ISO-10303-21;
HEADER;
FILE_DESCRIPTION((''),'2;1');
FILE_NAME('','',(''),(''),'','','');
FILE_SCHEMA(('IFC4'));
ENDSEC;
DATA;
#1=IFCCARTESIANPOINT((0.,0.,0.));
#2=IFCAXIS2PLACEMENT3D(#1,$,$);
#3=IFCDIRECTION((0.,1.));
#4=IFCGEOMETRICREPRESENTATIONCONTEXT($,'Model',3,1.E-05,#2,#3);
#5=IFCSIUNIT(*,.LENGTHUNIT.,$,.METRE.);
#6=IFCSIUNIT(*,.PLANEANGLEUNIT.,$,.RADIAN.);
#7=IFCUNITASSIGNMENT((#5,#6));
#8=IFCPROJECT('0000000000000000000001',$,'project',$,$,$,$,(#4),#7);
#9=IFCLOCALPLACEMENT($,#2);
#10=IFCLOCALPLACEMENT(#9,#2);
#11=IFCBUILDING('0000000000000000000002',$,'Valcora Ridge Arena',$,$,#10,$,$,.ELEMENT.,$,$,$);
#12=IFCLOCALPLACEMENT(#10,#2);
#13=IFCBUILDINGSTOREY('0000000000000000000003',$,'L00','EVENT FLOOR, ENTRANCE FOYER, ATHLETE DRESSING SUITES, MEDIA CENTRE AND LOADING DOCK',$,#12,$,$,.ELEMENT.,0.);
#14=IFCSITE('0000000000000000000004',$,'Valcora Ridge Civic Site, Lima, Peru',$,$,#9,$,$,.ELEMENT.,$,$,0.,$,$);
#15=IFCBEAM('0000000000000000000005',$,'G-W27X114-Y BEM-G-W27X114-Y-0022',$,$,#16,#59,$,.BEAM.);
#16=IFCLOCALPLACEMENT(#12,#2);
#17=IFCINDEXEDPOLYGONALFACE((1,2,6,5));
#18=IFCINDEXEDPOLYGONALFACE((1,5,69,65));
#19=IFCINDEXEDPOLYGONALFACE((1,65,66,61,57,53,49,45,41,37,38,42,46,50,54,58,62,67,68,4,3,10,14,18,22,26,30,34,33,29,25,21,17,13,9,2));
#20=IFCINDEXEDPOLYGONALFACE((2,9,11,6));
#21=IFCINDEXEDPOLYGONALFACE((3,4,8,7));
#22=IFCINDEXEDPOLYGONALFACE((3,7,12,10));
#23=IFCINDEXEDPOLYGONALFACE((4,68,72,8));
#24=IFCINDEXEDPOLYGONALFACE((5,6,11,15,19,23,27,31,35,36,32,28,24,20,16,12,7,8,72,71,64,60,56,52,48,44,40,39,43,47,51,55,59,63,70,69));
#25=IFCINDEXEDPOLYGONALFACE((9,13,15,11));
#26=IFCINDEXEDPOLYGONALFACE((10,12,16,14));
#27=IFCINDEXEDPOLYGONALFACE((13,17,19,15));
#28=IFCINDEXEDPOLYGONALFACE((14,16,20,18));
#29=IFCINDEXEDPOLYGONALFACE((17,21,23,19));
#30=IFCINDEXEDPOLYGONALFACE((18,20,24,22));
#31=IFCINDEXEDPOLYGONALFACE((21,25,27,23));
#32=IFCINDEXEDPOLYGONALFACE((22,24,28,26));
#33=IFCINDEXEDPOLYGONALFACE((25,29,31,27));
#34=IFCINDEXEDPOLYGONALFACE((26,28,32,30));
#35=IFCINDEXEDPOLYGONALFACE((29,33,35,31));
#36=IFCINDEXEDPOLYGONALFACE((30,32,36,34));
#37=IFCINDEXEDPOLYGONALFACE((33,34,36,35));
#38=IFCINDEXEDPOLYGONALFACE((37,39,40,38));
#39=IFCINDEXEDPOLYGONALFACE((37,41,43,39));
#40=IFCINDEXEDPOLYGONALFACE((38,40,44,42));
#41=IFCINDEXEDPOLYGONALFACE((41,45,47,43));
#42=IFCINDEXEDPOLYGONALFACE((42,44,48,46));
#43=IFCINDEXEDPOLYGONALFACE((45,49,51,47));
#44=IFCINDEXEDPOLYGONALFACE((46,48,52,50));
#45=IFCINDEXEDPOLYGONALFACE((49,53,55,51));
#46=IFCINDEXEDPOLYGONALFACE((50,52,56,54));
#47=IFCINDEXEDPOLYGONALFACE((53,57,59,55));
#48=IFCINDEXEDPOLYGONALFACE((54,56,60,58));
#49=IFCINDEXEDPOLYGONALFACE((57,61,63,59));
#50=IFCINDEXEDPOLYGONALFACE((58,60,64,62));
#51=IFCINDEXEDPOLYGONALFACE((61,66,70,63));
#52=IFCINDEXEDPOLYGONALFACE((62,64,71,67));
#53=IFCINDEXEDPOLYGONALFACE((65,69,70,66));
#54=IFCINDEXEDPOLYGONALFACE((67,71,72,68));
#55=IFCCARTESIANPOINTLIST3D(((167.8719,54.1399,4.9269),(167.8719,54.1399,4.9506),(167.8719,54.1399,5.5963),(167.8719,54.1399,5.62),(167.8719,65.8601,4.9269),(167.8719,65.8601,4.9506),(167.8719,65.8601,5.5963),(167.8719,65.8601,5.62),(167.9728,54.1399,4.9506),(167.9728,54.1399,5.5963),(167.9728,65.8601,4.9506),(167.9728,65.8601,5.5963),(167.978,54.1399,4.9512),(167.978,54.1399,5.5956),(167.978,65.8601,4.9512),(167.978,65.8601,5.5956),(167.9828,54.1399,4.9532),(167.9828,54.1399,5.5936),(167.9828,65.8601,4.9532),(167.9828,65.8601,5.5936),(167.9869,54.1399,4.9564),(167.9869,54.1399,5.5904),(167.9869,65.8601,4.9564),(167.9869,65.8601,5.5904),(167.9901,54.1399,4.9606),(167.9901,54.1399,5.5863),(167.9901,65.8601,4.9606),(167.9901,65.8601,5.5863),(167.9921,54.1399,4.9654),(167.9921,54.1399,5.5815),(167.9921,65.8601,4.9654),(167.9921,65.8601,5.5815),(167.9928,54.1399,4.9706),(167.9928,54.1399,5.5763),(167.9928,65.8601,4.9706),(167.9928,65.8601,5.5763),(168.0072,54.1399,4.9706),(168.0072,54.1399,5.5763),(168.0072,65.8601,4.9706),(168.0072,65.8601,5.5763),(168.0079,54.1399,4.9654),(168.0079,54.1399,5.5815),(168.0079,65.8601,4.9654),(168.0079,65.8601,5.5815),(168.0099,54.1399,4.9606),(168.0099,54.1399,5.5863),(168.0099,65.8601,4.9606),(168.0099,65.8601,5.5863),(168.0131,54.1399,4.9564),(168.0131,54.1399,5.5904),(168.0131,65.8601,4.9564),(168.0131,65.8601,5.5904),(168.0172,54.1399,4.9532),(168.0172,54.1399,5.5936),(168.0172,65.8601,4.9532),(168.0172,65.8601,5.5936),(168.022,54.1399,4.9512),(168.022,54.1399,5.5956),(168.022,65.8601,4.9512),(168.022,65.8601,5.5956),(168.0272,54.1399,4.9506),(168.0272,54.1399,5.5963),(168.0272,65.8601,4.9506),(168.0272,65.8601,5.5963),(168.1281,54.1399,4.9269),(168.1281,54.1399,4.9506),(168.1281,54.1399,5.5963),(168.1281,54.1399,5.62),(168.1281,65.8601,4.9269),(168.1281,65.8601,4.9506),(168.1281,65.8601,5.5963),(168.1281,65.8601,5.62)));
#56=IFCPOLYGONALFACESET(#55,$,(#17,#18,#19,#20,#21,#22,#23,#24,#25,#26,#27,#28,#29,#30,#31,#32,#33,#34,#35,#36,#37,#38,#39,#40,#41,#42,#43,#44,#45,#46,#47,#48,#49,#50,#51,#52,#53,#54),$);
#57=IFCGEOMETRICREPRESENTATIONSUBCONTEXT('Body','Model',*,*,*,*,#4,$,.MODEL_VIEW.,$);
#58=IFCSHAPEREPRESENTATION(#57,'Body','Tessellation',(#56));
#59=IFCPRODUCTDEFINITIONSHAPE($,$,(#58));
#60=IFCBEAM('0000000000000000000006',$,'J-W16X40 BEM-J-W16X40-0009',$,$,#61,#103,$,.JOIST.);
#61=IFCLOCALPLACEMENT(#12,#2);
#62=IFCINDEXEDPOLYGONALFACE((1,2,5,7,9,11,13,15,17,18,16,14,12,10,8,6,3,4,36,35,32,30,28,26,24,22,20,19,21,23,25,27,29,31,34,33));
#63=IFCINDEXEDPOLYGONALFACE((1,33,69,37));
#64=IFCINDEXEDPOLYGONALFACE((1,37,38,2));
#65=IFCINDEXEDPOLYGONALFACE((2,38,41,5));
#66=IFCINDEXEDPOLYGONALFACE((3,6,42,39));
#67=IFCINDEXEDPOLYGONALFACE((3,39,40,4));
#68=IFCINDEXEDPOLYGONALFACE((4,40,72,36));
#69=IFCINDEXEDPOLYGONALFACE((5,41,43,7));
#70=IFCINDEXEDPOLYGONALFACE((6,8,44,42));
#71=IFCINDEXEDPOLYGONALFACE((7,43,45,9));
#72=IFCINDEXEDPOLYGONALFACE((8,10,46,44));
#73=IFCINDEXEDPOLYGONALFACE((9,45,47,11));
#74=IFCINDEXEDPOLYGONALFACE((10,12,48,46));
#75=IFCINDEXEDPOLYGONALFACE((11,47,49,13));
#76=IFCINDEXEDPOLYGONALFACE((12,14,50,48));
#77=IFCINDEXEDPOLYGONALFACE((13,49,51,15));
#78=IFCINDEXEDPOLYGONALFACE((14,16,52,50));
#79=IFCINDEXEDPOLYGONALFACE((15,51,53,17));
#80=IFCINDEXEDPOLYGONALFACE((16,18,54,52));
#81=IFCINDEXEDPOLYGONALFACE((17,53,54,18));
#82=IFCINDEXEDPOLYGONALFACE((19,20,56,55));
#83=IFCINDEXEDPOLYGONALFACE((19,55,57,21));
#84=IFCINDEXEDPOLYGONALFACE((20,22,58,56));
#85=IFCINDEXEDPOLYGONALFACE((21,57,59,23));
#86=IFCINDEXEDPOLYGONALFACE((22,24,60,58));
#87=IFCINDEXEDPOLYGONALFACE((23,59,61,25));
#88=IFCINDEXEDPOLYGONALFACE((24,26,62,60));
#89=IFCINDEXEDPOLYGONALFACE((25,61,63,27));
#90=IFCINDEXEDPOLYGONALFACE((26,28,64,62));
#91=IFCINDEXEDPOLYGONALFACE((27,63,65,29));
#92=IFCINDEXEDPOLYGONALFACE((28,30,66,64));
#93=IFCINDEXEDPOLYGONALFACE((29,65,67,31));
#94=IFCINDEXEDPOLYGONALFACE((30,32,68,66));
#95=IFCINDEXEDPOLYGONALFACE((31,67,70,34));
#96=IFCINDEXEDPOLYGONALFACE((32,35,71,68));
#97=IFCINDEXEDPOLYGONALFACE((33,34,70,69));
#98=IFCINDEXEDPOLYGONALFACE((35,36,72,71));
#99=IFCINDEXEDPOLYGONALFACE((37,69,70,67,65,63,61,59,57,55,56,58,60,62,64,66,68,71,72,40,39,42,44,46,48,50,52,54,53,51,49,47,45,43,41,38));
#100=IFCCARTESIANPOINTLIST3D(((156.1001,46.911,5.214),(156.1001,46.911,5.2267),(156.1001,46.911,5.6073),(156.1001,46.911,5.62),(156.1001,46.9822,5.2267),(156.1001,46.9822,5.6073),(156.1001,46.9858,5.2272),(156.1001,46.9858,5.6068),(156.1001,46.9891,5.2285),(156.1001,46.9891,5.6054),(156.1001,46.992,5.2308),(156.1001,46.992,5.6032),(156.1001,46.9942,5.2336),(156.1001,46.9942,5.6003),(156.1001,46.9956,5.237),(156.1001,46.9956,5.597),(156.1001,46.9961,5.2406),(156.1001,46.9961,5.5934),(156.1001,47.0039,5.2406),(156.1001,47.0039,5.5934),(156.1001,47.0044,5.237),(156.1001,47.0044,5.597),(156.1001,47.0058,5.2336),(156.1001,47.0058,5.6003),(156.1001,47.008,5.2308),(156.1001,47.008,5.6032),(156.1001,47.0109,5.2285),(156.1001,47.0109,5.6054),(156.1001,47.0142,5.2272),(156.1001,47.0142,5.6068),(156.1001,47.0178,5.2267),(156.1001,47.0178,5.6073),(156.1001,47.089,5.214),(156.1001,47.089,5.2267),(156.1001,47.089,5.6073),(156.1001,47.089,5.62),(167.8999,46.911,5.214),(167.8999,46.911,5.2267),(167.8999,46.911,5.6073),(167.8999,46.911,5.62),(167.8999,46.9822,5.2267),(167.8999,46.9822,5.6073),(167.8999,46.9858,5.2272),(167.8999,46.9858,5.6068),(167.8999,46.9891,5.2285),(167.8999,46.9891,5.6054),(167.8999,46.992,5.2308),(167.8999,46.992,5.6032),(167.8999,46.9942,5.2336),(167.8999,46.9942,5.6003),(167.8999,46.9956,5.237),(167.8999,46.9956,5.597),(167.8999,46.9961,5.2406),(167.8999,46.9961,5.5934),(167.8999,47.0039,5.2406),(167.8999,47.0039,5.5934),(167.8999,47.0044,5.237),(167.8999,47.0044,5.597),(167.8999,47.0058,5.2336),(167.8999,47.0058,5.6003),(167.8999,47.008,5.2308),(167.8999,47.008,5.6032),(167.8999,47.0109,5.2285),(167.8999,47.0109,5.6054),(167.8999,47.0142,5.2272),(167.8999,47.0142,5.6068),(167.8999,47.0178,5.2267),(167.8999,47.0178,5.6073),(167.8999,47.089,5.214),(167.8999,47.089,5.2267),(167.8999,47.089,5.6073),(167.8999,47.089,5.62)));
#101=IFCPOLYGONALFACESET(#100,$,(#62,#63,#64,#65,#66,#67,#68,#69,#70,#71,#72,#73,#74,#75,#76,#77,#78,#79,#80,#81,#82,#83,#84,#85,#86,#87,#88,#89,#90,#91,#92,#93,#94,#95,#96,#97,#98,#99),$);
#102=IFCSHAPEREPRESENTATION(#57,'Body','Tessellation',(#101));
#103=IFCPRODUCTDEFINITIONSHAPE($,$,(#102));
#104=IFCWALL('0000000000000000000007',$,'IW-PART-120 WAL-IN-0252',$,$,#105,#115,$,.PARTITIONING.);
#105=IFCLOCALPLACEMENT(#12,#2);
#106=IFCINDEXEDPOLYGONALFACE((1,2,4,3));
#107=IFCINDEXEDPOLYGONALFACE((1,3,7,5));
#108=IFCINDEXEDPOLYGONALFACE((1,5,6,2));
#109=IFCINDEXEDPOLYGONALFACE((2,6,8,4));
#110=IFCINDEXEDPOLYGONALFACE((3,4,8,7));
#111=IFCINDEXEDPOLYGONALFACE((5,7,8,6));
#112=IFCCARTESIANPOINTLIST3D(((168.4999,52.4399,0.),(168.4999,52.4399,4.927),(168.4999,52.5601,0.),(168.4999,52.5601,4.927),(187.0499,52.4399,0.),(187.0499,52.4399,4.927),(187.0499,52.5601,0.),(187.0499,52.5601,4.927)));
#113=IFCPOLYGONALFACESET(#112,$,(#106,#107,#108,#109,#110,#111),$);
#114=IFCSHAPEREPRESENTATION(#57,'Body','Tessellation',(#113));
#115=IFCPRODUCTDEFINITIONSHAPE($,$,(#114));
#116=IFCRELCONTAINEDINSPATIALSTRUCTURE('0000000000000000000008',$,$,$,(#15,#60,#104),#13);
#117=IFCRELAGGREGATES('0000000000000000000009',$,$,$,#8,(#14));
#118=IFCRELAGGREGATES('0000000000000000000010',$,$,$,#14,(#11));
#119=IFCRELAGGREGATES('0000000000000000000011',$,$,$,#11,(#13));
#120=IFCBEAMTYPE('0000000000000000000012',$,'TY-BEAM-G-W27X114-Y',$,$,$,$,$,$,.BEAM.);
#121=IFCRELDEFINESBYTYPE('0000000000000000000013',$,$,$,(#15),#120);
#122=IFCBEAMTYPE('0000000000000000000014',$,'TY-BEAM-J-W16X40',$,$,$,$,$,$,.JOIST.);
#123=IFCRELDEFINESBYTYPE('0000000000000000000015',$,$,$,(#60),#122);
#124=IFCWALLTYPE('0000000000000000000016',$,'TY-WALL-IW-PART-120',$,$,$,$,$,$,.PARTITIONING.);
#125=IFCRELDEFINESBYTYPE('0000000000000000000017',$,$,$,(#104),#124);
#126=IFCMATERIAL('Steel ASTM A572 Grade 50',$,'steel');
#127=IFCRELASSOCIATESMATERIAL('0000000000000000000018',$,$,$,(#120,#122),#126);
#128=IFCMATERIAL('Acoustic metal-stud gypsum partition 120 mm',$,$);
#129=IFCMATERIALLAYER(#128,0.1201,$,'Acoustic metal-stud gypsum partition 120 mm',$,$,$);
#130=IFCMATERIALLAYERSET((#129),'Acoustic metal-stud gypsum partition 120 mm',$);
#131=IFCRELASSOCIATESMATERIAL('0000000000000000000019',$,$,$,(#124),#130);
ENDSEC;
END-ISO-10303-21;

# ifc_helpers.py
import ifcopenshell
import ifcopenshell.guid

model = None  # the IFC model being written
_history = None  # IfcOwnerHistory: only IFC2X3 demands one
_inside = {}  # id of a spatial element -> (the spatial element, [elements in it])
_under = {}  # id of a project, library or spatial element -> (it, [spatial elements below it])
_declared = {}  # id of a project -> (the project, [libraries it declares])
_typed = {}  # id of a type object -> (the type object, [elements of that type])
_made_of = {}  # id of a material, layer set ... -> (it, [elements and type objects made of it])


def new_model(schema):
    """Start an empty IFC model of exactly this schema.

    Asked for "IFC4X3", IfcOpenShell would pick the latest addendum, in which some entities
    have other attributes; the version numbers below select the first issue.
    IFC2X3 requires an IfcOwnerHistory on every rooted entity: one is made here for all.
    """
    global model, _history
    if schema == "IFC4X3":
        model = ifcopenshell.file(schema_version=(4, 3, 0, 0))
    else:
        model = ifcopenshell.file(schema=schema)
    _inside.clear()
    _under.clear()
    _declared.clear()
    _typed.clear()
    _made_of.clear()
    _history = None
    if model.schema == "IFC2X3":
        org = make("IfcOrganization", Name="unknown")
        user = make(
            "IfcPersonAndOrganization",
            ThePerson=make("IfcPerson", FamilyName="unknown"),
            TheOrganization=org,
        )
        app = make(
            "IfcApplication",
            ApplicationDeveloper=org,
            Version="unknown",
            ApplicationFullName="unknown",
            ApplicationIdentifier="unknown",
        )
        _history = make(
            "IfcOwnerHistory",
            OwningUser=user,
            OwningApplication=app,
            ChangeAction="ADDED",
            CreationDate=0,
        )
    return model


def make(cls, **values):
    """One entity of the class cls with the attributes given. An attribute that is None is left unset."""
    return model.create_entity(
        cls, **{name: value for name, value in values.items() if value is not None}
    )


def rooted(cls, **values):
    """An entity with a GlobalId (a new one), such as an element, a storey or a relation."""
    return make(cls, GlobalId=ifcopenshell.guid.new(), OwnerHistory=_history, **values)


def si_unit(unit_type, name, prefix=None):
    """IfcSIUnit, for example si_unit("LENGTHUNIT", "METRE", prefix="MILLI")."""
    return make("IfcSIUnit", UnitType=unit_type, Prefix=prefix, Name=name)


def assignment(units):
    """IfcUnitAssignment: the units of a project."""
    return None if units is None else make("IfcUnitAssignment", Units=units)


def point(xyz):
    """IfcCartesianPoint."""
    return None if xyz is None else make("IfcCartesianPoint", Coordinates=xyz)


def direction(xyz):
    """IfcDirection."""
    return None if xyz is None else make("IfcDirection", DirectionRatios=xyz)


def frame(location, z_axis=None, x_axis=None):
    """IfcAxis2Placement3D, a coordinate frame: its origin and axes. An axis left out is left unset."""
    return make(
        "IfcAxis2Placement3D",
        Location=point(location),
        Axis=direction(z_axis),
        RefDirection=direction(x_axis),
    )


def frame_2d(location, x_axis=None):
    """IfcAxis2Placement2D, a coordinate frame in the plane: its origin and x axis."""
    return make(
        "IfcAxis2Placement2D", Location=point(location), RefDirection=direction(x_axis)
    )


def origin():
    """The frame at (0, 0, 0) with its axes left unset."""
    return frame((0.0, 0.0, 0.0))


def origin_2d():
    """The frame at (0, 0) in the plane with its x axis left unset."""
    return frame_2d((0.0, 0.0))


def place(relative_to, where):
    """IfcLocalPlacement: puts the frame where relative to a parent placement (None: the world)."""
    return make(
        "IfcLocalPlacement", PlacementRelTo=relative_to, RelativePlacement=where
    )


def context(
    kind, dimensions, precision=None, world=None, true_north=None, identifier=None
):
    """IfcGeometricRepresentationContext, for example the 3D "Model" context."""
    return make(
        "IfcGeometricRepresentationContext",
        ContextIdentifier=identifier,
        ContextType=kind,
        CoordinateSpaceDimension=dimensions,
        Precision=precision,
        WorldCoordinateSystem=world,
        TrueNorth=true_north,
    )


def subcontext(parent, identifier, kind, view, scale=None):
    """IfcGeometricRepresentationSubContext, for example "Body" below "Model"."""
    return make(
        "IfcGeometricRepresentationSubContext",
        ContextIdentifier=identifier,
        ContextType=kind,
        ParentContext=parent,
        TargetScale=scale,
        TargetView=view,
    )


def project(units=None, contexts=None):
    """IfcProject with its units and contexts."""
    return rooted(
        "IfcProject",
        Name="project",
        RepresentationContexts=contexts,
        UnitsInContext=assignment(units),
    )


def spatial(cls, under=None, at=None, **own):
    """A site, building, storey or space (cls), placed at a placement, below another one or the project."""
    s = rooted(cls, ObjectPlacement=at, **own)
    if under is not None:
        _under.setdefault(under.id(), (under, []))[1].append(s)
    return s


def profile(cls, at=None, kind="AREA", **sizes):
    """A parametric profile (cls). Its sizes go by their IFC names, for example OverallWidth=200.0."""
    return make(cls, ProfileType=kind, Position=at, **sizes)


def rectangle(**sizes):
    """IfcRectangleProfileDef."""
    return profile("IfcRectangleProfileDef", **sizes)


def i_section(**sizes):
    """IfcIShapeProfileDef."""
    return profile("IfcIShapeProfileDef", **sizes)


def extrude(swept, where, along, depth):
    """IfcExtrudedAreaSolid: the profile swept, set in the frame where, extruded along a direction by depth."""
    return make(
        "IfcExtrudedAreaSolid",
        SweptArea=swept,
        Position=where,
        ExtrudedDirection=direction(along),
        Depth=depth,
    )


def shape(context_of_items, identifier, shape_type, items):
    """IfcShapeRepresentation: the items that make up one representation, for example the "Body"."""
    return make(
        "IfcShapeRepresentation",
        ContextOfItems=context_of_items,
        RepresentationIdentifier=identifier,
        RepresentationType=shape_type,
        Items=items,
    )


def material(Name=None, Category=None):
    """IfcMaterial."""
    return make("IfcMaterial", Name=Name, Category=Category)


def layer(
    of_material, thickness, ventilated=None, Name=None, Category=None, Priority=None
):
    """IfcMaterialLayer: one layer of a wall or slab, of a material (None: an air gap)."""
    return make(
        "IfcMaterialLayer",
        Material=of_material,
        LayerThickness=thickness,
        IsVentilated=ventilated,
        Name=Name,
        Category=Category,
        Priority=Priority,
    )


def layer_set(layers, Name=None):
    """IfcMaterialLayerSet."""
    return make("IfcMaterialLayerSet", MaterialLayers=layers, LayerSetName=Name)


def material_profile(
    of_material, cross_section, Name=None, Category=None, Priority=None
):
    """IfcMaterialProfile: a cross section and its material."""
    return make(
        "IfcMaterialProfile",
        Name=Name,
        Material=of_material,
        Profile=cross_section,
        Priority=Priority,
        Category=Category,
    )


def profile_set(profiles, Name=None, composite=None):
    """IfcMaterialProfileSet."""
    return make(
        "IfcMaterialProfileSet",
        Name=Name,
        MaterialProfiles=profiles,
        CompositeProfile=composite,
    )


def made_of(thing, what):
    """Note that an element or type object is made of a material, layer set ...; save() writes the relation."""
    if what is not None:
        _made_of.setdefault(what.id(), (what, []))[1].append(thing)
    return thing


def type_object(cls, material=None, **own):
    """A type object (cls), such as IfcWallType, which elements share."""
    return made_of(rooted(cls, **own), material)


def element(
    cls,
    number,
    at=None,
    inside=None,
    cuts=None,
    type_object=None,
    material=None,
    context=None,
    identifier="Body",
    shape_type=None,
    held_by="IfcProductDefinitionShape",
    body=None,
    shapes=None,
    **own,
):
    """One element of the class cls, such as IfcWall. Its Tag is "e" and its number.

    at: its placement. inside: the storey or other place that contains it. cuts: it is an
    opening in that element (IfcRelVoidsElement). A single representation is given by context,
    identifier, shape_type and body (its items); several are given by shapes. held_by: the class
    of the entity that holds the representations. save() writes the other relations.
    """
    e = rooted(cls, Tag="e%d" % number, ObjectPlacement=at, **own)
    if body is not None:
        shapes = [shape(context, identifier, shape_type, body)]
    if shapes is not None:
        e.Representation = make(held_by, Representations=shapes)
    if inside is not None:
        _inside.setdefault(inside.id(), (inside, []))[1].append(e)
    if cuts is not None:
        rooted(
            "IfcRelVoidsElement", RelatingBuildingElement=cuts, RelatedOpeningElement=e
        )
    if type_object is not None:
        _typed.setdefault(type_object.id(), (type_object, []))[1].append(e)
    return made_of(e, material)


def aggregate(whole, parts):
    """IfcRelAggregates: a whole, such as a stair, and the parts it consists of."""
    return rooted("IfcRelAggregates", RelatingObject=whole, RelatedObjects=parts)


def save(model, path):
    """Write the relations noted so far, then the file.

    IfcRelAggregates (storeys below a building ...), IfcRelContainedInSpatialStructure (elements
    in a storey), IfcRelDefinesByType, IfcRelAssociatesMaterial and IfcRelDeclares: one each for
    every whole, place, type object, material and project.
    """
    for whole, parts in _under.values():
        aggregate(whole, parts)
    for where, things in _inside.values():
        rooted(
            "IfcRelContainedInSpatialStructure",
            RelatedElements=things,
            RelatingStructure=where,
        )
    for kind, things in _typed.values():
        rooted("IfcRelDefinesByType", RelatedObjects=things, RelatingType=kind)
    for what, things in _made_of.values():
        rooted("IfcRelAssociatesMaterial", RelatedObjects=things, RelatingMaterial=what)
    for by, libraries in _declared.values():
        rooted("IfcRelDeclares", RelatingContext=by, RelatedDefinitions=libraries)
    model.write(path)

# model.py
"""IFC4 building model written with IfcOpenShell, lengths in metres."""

from ifc_helpers import new_model, si_unit, direction, frame, frame_2d, origin, origin_2d, place, context, subcontext, project, spatial, rectangle, i_section, extrude, material, layer, layer_set, material_profile, profile_set, type_object, element, save


model = new_model("IFC4")

# Units and contexts
model_context = context("Model", 3, precision=1e-05, world=origin(), true_north=direction((0.0, 1.0)))
body_context = subcontext(model_context, "Body", "Model", "MODEL_VIEW")
ifc_project = project(units=[si_unit("LENGTHUNIT", "METRE"), si_unit("PLANEANGLEUNIT", "RADIAN")], contexts=[model_context])

# Site, building, storey
site_placement = place(None, origin())
site = spatial("IfcSite", under=ifc_project, at=site_placement, Name="Valcora Ridge Civic Site, Lima, Peru", CompositionType="ELEMENT", RefElevation=0.0)
building_placement = place(site_placement, origin())
building = spatial("IfcBuilding", under=site, at=building_placement, Name="Valcora Ridge Arena", CompositionType="ELEMENT")
storey_placement = place(building_placement, origin())
storey = spatial("IfcBuildingStorey", under=building, at=storey_placement, Name="L00", Description="EVENT FLOOR, ENTRANCE FOYER, ATHLETE DRESSING SUITES, MEDIA CENTRE AND LOADING DOCK", CompositionType="ELEMENT", Elevation=0.0)

# Shared definitions
ifc_material_1 = material(Name="Steel ASTM A572 Grade 50", Category="steel")

# Beams
ifc_material_profile_1 = material_profile(ifc_material_1, i_section(OverallWidth=0.2561, OverallDepth=0.6931, WebThickness=0.0144, FlangeThickness=0.0237, FilletRadius=0.02, at=origin_2d()), Name="W27X114")
ifc_profile_set_1 = profile_set([ifc_material_profile_1], Name="Steel ASTM A572 Grade 50")
beam_type_1 = type_object("IfcBeamType", Name="TY-BEAM-G-W27X114-Y", PredefinedType="BEAM", material=ifc_profile_set_1)
for number, where, z_axis, x_axis, name in (
    (1, (168.0, 54.1399, 5.2734), (0.0, 1.0, 0.0), (-1.0, 0.0, 0.0), "G-W27X114-Y BEM-G-W27X114-Y-0022"),
):
    element("IfcBeam", number, at=place(storey_placement, frame(where, z_axis=z_axis, x_axis=x_axis)), inside=storey, type_object=beam_type_1, Name=name, PredefinedType="BEAM", context=body_context, shape_type="SweptSolid", body=[
        extrude(i_section(OverallWidth=0.2561, OverallDepth=0.6931, WebThickness=0.0144, FlangeThickness=0.0237, FilletRadius=0.02, at=origin_2d()), origin(), (0.0, 0.0, 1.0), 11.7202),
    ])
ifc_material_profile_2 = material_profile(ifc_material_1, i_section(OverallWidth=0.178, OverallDepth=0.406, WebThickness=0.0078, FlangeThickness=0.0127, FilletRadius=0.0139, at=origin_2d()), Name="W16X40")
ifc_profile_set_2 = profile_set([ifc_material_profile_2], Name="Steel ASTM A572 Grade 50")
beam_type_2 = type_object("IfcBeamType", Name="TY-BEAM-J-W16X40", PredefinedType="JOIST", material=ifc_profile_set_2)
beam_1_placement = place(storey_placement, frame((156.1001, 47.0, 5.417), z_axis=(1.0, 0.0, 0.0), x_axis=(0.0, 1.0, 0.0)))
element("IfcBeam", 2, at=beam_1_placement, inside=storey, type_object=beam_type_2, Name="J-W16X40 BEM-J-W16X40-0009", PredefinedType="JOIST", context=body_context, shape_type="SweptSolid", body=[
    extrude(i_section(OverallWidth=0.178, OverallDepth=0.406, WebThickness=0.0078, FlangeThickness=0.0127, FilletRadius=0.0139, at=origin_2d()), origin(), (0.0, 0.0, 1.0), 11.7998),
])

# Wall
ifc_material_2 = material(Name="Acoustic metal-stud gypsum partition 120 mm")
ifc_layer_1 = layer(ifc_material_2, 0.1201, Name="Acoustic metal-stud gypsum partition 120 mm")
ifc_layer_set_1 = layer_set([ifc_layer_1], Name="Acoustic metal-stud gypsum partition 120 mm")
wall_type = type_object("IfcWallType", Name="TY-WALL-IW-PART-120", PredefinedType="PARTITIONING", material=ifc_layer_set_1)
wall_placement = place(storey_placement, frame((168.5, 52.5, 0.0), z_axis=(0.0, 0.0, 1.0), x_axis=(1.0, 0.0, 0.0)))
element("IfcWall", 3, at=wall_placement, inside=storey, type_object=wall_type, Name="IW-PART-120 WAL-IN-0252", PredefinedType="PARTITIONING", context=body_context, shape_type="SweptSolid", body=[
    extrude(rectangle(XDim=18.55, YDim=0.1201, at=frame_2d((9.2749, 0.0))), origin(), (0.0, 0.0, 1.0), 4.927),
])

save(model, "model.ifc")
